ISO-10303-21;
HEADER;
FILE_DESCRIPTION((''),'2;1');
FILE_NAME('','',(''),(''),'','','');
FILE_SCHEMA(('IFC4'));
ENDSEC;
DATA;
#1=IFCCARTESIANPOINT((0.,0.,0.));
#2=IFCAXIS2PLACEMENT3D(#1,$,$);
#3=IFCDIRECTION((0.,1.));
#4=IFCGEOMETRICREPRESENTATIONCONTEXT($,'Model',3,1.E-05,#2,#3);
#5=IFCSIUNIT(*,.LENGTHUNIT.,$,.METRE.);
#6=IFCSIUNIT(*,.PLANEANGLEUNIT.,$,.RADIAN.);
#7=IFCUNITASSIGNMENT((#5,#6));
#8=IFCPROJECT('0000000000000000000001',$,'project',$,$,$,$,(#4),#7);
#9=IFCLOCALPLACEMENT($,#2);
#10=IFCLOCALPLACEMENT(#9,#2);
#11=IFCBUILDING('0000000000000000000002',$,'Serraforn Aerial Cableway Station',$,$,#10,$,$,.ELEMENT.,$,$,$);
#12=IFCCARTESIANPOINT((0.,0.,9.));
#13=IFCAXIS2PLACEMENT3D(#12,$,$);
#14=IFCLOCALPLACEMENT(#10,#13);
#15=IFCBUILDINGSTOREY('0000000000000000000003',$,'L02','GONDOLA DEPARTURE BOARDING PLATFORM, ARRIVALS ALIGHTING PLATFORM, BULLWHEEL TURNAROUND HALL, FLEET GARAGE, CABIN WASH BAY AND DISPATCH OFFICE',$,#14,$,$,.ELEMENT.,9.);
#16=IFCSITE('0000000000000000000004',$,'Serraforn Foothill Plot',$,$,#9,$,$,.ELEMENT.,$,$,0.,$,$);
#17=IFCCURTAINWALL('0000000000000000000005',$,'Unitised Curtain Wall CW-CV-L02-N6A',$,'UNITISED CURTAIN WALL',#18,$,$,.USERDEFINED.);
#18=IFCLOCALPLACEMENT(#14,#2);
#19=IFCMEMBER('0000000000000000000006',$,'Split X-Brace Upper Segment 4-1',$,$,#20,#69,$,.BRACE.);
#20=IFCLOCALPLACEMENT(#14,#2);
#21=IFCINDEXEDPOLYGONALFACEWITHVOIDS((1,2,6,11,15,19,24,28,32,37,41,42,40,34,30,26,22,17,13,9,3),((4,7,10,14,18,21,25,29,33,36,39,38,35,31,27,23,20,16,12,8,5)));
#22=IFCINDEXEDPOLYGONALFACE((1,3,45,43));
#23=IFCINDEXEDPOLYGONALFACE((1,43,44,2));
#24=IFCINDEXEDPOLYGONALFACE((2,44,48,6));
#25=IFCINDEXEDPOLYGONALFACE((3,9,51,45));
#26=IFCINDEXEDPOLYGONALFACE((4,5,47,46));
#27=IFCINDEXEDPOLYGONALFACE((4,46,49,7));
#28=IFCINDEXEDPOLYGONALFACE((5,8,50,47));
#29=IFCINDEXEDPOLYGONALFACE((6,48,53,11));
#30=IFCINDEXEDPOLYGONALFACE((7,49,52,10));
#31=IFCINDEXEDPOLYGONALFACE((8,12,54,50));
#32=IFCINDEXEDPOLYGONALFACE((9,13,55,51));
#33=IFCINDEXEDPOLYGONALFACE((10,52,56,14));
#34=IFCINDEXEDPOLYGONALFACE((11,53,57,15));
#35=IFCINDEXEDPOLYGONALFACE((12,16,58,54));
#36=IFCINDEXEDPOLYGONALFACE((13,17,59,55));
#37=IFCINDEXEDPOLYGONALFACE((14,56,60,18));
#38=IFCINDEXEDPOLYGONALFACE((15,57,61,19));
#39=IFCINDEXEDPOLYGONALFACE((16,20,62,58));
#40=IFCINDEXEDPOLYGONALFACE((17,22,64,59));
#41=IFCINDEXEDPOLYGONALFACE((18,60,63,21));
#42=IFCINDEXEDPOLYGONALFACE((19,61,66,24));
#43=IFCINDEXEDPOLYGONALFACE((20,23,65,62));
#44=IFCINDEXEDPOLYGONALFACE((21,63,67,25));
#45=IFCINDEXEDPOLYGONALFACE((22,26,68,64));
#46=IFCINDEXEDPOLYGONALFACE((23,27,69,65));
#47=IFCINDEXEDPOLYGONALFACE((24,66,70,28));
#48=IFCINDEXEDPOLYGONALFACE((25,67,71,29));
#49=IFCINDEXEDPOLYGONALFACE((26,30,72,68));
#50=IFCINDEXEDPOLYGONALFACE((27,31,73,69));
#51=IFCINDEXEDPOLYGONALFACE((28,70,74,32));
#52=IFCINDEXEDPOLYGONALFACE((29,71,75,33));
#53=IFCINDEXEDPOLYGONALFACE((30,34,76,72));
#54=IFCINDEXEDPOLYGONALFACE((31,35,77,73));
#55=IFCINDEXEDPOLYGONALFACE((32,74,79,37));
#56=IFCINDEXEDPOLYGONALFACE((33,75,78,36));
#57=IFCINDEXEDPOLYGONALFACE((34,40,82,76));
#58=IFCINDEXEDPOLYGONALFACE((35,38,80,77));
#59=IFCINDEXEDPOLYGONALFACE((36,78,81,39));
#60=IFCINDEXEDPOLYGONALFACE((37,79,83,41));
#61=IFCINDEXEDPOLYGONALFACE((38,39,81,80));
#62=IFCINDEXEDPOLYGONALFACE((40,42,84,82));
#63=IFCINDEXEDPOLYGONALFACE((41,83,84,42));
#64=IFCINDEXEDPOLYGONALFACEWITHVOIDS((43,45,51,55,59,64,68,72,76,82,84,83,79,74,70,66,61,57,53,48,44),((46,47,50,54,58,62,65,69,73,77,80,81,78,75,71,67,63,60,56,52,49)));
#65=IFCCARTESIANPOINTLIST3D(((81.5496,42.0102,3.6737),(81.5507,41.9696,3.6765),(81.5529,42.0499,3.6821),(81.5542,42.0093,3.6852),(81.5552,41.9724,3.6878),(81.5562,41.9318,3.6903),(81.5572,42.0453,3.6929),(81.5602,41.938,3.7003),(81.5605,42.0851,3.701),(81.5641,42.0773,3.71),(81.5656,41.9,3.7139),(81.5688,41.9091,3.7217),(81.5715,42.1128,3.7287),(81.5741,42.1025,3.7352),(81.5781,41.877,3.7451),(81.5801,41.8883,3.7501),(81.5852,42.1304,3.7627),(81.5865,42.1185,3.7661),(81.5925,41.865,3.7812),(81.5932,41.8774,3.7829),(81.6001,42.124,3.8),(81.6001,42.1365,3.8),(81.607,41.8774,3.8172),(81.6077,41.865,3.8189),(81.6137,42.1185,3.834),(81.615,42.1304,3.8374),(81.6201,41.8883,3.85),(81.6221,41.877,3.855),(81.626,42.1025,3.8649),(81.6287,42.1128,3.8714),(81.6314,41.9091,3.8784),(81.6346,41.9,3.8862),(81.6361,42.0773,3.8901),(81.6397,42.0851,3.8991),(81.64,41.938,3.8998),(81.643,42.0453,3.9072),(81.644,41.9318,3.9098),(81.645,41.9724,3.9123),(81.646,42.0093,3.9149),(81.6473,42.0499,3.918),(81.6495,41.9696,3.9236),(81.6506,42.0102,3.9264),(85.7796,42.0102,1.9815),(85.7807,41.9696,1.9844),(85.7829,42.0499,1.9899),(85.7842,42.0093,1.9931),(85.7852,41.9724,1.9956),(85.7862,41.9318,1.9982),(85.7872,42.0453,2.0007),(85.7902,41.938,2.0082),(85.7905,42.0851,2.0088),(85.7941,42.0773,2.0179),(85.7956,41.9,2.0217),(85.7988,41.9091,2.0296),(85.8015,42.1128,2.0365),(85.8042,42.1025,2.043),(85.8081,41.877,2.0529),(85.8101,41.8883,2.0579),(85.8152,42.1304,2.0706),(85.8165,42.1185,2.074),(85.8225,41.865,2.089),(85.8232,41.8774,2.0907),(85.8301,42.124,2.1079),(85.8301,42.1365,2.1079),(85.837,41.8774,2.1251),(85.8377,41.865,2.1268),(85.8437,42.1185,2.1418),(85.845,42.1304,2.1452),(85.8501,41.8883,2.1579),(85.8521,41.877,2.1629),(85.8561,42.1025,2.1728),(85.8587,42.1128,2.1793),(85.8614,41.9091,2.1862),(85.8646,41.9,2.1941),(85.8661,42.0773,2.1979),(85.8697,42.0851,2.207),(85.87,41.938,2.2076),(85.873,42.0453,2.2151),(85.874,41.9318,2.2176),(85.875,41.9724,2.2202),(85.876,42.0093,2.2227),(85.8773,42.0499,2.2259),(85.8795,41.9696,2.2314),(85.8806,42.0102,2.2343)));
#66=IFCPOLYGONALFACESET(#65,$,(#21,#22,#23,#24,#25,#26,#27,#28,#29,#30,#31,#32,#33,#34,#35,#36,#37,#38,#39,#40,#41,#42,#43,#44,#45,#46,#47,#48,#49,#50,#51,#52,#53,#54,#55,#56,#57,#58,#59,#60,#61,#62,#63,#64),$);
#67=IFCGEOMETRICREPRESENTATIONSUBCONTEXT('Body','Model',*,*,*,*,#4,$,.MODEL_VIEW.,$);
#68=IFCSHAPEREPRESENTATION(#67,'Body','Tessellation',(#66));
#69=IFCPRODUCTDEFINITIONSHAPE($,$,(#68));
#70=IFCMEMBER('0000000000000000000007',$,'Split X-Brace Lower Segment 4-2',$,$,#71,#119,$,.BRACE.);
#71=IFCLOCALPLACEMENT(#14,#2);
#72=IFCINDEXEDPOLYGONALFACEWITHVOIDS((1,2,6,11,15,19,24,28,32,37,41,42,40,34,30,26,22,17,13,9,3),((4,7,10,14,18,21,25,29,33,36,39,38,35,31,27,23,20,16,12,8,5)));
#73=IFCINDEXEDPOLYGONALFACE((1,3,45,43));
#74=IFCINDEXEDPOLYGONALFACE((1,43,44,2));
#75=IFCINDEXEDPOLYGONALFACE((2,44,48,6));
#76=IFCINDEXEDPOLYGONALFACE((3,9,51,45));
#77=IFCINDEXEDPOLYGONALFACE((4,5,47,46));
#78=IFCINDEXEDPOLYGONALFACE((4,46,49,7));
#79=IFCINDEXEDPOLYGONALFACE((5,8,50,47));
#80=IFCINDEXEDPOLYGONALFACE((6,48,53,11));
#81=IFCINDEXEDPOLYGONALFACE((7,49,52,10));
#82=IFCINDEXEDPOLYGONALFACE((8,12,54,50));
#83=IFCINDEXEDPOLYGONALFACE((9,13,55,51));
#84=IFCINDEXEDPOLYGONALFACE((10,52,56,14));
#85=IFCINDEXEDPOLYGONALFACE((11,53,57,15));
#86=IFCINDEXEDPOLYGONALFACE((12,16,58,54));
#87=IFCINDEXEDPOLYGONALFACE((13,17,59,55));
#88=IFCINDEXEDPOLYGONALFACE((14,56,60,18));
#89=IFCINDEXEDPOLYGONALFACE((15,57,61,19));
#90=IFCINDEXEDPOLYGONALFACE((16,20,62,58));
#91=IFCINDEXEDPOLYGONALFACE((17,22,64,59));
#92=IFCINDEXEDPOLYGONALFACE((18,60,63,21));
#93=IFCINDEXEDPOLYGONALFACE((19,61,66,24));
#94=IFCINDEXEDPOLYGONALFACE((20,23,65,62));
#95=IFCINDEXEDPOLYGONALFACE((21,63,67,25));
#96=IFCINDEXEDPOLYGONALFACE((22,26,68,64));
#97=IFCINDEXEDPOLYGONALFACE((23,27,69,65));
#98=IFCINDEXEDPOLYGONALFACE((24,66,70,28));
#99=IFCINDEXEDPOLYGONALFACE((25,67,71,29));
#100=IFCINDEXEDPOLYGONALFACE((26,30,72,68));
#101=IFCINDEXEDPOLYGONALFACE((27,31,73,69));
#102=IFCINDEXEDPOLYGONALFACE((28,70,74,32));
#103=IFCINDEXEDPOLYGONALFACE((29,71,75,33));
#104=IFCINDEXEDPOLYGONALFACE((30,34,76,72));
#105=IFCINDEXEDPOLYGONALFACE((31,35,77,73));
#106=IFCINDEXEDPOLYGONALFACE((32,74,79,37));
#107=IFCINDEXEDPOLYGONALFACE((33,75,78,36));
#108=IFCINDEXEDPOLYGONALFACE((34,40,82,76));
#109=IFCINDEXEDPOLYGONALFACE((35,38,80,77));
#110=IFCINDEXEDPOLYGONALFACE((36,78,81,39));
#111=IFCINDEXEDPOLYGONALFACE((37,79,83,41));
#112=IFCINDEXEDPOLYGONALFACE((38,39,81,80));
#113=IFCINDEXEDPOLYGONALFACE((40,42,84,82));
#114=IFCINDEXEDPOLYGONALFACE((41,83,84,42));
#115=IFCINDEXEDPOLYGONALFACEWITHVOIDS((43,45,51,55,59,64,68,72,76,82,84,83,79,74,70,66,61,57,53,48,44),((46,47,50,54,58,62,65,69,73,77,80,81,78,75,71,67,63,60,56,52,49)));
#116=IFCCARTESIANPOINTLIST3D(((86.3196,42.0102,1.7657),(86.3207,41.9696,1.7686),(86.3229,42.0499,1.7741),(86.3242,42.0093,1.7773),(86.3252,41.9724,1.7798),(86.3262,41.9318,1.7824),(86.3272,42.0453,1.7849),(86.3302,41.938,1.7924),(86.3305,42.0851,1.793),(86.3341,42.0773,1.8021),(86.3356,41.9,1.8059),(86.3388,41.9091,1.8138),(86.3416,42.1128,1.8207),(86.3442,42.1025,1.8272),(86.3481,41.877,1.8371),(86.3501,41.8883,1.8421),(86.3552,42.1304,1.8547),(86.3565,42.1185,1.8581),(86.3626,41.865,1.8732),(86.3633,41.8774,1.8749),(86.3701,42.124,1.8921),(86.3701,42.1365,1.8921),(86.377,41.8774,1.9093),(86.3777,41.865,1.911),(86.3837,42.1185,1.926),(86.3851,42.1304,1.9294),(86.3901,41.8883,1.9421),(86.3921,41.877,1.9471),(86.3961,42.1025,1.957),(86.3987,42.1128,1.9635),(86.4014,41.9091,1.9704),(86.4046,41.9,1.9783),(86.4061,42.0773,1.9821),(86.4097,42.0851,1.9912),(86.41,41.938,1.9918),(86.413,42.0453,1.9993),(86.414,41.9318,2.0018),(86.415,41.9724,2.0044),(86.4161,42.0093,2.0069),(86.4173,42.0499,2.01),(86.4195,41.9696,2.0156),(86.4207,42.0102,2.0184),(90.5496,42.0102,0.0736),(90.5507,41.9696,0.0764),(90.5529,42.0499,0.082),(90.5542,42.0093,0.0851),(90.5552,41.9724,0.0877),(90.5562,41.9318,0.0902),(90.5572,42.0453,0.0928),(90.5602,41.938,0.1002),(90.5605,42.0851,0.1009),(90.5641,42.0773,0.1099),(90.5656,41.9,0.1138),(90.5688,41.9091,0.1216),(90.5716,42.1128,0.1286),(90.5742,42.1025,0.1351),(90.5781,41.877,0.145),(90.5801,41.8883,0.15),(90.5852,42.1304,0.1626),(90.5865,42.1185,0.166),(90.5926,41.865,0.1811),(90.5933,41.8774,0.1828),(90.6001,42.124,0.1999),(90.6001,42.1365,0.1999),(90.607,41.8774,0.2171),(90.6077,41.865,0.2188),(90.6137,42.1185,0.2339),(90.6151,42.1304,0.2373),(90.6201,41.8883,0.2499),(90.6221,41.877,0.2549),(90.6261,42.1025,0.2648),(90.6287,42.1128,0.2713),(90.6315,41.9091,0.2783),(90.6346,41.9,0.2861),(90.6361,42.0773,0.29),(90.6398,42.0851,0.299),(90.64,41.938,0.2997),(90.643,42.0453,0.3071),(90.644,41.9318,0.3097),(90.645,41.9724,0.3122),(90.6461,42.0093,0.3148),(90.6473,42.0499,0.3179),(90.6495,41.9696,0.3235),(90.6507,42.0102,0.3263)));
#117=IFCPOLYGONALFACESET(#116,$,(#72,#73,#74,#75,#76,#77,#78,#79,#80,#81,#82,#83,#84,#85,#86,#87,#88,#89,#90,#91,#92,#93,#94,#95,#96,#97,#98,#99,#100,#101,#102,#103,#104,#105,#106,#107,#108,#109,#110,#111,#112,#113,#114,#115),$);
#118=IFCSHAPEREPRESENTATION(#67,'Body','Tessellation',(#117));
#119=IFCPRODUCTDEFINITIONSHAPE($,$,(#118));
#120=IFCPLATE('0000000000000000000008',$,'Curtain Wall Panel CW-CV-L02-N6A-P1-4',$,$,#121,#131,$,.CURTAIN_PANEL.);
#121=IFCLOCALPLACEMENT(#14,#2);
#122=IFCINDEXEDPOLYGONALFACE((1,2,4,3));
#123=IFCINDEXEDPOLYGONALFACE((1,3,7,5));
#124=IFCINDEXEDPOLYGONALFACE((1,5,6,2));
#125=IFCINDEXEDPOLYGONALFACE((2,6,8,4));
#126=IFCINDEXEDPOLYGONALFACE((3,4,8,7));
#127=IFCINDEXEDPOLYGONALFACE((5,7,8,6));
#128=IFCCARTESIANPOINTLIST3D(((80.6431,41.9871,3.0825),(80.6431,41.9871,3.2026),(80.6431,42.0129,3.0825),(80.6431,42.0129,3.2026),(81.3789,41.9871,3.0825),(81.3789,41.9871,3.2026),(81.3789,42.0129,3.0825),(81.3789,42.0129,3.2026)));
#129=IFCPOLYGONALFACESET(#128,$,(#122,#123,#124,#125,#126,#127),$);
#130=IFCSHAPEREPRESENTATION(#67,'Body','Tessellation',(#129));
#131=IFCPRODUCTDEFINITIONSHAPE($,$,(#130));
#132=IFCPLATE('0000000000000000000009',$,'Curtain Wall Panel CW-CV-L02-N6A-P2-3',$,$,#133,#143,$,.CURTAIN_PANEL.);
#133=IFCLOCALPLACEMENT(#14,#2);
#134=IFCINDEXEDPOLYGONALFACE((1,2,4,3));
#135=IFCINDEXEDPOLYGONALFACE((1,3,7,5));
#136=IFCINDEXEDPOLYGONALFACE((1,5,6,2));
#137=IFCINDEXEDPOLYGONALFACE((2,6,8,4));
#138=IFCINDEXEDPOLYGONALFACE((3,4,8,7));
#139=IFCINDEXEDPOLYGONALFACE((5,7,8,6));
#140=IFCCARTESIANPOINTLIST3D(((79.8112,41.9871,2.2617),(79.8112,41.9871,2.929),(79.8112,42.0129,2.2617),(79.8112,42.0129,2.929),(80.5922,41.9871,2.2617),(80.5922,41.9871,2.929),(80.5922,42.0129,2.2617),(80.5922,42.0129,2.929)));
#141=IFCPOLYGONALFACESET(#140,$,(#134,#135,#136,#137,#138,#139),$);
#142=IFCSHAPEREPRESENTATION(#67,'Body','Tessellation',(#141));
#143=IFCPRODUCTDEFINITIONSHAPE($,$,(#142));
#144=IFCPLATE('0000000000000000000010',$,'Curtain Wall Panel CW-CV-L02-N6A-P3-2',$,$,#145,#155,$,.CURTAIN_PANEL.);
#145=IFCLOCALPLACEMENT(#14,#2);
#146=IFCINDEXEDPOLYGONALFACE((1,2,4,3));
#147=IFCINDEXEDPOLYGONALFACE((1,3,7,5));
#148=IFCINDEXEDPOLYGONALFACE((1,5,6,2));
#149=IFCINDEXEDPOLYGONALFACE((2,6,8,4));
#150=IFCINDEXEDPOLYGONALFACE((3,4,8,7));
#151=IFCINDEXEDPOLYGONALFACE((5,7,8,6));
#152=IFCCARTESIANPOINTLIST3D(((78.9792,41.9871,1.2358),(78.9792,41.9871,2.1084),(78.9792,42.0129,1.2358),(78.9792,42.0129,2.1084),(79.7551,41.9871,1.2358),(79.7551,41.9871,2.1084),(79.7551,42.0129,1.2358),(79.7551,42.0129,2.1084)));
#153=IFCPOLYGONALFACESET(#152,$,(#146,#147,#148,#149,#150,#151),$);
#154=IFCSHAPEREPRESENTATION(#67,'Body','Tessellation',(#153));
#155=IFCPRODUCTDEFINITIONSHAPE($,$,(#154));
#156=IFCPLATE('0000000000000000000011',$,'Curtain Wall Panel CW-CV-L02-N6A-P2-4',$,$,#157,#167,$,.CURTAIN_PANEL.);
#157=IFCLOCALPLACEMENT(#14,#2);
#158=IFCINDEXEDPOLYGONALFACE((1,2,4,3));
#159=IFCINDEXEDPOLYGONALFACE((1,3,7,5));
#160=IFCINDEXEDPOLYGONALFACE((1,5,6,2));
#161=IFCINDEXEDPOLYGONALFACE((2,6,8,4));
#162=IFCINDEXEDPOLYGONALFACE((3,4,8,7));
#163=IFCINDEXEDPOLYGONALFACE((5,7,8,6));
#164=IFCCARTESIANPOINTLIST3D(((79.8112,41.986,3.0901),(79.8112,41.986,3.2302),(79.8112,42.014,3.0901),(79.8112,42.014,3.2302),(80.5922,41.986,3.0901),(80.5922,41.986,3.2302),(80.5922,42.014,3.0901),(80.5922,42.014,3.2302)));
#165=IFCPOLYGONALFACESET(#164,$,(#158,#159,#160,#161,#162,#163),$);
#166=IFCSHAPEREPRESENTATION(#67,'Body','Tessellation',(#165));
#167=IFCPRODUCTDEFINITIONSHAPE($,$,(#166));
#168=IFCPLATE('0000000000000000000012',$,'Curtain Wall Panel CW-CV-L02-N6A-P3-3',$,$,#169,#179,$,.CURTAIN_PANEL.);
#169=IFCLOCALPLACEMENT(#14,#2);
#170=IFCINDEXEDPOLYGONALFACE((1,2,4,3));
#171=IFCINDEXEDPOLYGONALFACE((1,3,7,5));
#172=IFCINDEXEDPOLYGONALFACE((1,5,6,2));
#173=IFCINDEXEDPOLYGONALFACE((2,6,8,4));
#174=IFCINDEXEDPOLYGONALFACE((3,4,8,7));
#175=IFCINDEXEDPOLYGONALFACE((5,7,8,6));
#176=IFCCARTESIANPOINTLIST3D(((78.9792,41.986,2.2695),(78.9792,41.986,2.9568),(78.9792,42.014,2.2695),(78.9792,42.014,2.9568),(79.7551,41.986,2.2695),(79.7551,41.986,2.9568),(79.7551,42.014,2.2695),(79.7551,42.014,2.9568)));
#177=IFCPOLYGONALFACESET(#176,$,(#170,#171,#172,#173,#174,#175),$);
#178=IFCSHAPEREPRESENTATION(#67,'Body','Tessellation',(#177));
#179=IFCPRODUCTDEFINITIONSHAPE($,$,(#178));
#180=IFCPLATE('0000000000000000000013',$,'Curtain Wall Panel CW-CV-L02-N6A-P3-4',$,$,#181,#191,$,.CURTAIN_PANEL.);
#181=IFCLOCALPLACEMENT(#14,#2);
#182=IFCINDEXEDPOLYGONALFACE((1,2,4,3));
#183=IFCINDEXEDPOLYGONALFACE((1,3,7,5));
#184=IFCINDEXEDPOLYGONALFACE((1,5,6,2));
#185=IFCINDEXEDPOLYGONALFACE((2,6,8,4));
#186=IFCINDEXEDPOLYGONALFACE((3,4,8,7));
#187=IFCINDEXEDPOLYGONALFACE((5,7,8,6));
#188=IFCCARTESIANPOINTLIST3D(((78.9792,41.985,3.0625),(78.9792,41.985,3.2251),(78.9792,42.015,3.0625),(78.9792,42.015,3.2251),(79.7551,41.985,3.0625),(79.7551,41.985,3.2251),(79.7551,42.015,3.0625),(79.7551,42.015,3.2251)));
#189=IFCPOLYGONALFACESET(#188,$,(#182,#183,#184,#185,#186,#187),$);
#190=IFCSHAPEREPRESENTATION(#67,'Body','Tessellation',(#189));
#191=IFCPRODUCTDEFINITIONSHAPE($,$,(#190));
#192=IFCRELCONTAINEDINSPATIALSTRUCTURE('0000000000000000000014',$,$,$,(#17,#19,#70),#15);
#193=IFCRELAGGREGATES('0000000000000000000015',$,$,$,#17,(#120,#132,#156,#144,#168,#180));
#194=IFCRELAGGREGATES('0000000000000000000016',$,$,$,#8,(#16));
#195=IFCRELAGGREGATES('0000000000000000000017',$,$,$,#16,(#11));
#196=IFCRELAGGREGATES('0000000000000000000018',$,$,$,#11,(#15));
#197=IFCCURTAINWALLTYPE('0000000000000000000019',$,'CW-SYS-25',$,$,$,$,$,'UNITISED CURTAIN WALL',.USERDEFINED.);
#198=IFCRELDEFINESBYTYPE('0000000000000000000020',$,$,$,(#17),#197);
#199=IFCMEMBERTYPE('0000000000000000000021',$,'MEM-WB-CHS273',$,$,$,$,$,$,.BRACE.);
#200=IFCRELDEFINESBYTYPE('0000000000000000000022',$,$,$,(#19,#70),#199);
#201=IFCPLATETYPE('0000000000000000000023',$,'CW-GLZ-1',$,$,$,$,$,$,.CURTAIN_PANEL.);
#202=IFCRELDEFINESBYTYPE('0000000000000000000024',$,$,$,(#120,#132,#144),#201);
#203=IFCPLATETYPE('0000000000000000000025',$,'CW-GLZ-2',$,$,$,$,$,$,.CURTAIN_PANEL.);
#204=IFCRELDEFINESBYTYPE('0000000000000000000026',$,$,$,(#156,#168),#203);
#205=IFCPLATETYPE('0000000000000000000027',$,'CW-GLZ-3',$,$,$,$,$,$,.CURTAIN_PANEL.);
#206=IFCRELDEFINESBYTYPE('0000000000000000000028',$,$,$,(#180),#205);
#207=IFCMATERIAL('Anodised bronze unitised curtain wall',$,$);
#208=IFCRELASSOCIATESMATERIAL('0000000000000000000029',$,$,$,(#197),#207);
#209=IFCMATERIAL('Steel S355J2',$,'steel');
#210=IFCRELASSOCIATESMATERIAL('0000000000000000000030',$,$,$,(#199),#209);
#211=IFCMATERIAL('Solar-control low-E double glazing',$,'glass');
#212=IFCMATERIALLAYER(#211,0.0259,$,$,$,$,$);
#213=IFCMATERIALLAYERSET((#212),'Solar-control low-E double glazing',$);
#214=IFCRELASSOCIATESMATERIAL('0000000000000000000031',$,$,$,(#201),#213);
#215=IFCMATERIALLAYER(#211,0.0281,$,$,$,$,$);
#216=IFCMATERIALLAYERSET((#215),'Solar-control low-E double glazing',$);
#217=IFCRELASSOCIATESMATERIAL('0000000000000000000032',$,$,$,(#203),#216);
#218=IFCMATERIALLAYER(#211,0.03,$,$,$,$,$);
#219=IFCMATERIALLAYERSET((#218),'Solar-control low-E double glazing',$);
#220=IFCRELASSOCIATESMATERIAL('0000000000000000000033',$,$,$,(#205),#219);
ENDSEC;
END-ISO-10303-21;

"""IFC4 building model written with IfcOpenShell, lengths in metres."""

from ifc_helpers import new_model, si_unit, direction, frame, origin, origin_2d, place, context, subcontext, project, spatial, rectangle, hollow_circle, extrude, material, layer, layer_set, material_profile, profile_set, type_object, element, aggregate, save


model = new_model("IFC4")

# Units and contexts
model_context = context("Model", 3, precision=1e-05, world=origin(), true_north=direction((0.0, 1.0)))
body_context = subcontext(model_context, "Body", "Model", "MODEL_VIEW")
ifc_project = project(units=[si_unit("LENGTHUNIT", "METRE"), si_unit("PLANEANGLEUNIT", "RADIAN")], contexts=[model_context])

# Site, building, storey
site_placement = place(None, origin())
site = spatial("IfcSite", under=ifc_project, at=site_placement, Name="Serraforn Foothill Plot", CompositionType="ELEMENT", RefElevation=0.0)
building_placement = place(site_placement, origin())
building = spatial("IfcBuilding", under=site, at=building_placement, Name="Serraforn Aerial Cableway Station", CompositionType="ELEMENT")
storey_placement = place(building_placement, frame((0.0, 0.0, 9.0)))
storey = spatial("IfcBuildingStorey", under=building, at=storey_placement, Name="L02", Description="GONDOLA DEPARTURE BOARDING PLATFORM, ARRIVALS ALIGHTING PLATFORM, BULLWHEEL TURNAROUND HALL, FLEET GARAGE, CABIN WASH BAY AND DISPATCH OFFICE", CompositionType="ELEMENT", Elevation=9.0)

# Shared definitions
ifc_material_1 = material(Name="Steel S355J2", Category="steel")

# Curtain wall
ifc_material_2 = material(Name="Anodised bronze unitised curtain wall")
curtain_wall_type = type_object("IfcCurtainWallType", Name="CW-SYS-25", ElementType="UNITISED CURTAIN WALL", PredefinedType="USERDEFINED", material=ifc_material_2)
curtain_wall_placement = place(storey_placement, origin())
curtain_wall = element("IfcCurtainWall", 1, at=curtain_wall_placement, inside=storey, type_object=curtain_wall_type, Name="Unitised Curtain Wall CW-CV-L02-N6A", ObjectType="UNITISED CURTAIN WALL", PredefinedType="USERDEFINED")

# Members
ifc_material_profile_1 = material_profile(ifc_material_1, hollow_circle(Radius=0.1365, WallThickness=0.0125, at=origin_2d()), Name="CHS 273.0x12.5")
ifc_profile_set_1 = profile_set([ifc_material_profile_1], Name="Steel S355J2")
member_type_1 = type_object("IfcMemberType", Name="MEM-WB-CHS273", PredefinedType="BRACE", material=ifc_profile_set_1)
for number, where, z_axis, x_axis, name in (
    (2, (81.6001, 42.0, 3.8), (0.928466, 0.0, -0.371418), (0.0, 1.0, 0.0), "Split X-Brace Upper Segment 4-1"),
    (3, (86.3701, 42.0, 1.8921), (0.928466, 0.0, -0.371418), (0.0, 1.0, 0.0), "Split X-Brace Lower Segment 4-2"),
):
    element("IfcMember", number, at=place(storey_placement, frame(where, z_axis=z_axis, x_axis=x_axis)), inside=storey, type_object=member_type_1, Name=name, PredefinedType="BRACE", context=body_context, shape_type="SweptSolid", body=[
        extrude(hollow_circle(Radius=0.1365, WallThickness=0.0125, at=origin_2d()), origin(), (0.0, 0.0, 1.0), 4.5559),
    ])

# Plates
ifc_material_3 = material(Name="Solar-control low-E double glazing", Category="glass")
ifc_layer_1 = layer(ifc_material_3, 0.0259)
ifc_layer_set_1 = layer_set([ifc_layer_1], Name="Solar-control low-E double glazing")
plate_type_1 = type_object("IfcPlateType", Name="CW-GLZ-1", PredefinedType="CURTAIN_PANEL", material=ifc_layer_set_1)
plate_1_placement = place(storey_placement, frame((81.011, 42.0, 3.0825), z_axis=(0.0, 0.0, 1.0), x_axis=(1.0, 0.0, 0.0)))
plate_1 = element("IfcPlate", 4, at=plate_1_placement, type_object=plate_type_1, Name="Curtain Wall Panel CW-CV-L02-N6A-P1-4", PredefinedType="CURTAIN_PANEL", context=body_context, shape_type="SweptSolid", body=[
    extrude(rectangle(XDim=0.7358, YDim=0.0259, at=origin_2d()), origin(), (0.0, 0.0, 1.0), 0.1201),
])
plate_2_placement = place(storey_placement, frame((80.2017, 42.0, 2.2617), z_axis=(0.0, 0.0, 1.0), x_axis=(1.0, 0.0, 0.0)))
plate_2 = element("IfcPlate", 5, at=plate_2_placement, type_object=plate_type_1, Name="Curtain Wall Panel CW-CV-L02-N6A-P2-3", PredefinedType="CURTAIN_PANEL", context=body_context, shape_type="SweptSolid", body=[
    extrude(rectangle(XDim=0.781, YDim=0.0259, at=origin_2d()), origin(), (0.0, 0.0, 1.0), 0.6672),
])
plate_3_placement = place(storey_placement, frame((79.3672, 42.0, 1.2358), z_axis=(0.0, 0.0, 1.0), x_axis=(1.0, 0.0, 0.0)))
plate_3 = element("IfcPlate", 6, at=plate_3_placement, type_object=plate_type_1, Name="Curtain Wall Panel CW-CV-L02-N6A-P3-2", PredefinedType="CURTAIN_PANEL", context=body_context, shape_type="SweptSolid", body=[
    extrude(rectangle(XDim=0.7759, YDim=0.0259, at=origin_2d()), origin(), (0.0, 0.0, 1.0), 0.8726),
])
ifc_layer_2 = layer(ifc_material_3, 0.0281)
ifc_layer_set_2 = layer_set([ifc_layer_2], Name="Solar-control low-E double glazing")
plate_type_2 = type_object("IfcPlateType", Name="CW-GLZ-2", PredefinedType="CURTAIN_PANEL", material=ifc_layer_set_2)
plate_4_placement = place(storey_placement, frame((80.2017, 42.0, 3.0901), z_axis=(0.0, 0.0, 1.0), x_axis=(1.0, 0.0, 0.0)))
plate_4 = element("IfcPlate", 7, at=plate_4_placement, type_object=plate_type_2, Name="Curtain Wall Panel CW-CV-L02-N6A-P2-4", PredefinedType="CURTAIN_PANEL", context=body_context, shape_type="SweptSolid", body=[
    extrude(rectangle(XDim=0.781, YDim=0.0281, at=origin_2d()), origin(), (0.0, 0.0, 1.0), 0.1401),
])
plate_5_placement = place(storey_placement, frame((79.3672, 42.0, 2.2695), z_axis=(0.0, 0.0, 1.0), x_axis=(1.0, 0.0, 0.0)))
plate_5 = element("IfcPlate", 8, at=plate_5_placement, type_object=plate_type_2, Name="Curtain Wall Panel CW-CV-L02-N6A-P3-3", PredefinedType="CURTAIN_PANEL", context=body_context, shape_type="SweptSolid", body=[
    extrude(rectangle(XDim=0.7759, YDim=0.0281, at=origin_2d()), origin(), (0.0, 0.0, 1.0), 0.6873),
])
ifc_layer_3 = layer(ifc_material_3, 0.03)
ifc_layer_set_3 = layer_set([ifc_layer_3], Name="Solar-control low-E double glazing")
plate_type_3 = type_object("IfcPlateType", Name="CW-GLZ-3", PredefinedType="CURTAIN_PANEL", material=ifc_layer_set_3)
plate_6_placement = place(storey_placement, frame((79.3672, 42.0, 3.0625), z_axis=(0.0, 0.0, 1.0), x_axis=(1.0, 0.0, 0.0)))
plate_6 = element("IfcPlate", 9, at=plate_6_placement, type_object=plate_type_3, Name="Curtain Wall Panel CW-CV-L02-N6A-P3-4", PredefinedType="CURTAIN_PANEL", context=body_context, shape_type="SweptSolid", body=[
    extrude(rectangle(XDim=0.7759, YDim=0.03, at=origin_2d()), origin(), (0.0, 0.0, 1.0), 0.1626),
])
aggregate(curtain_wall, [plate_1, plate_2, plate_4, plate_3, plate_5, plate_6])

save(model, "model.ifc")
